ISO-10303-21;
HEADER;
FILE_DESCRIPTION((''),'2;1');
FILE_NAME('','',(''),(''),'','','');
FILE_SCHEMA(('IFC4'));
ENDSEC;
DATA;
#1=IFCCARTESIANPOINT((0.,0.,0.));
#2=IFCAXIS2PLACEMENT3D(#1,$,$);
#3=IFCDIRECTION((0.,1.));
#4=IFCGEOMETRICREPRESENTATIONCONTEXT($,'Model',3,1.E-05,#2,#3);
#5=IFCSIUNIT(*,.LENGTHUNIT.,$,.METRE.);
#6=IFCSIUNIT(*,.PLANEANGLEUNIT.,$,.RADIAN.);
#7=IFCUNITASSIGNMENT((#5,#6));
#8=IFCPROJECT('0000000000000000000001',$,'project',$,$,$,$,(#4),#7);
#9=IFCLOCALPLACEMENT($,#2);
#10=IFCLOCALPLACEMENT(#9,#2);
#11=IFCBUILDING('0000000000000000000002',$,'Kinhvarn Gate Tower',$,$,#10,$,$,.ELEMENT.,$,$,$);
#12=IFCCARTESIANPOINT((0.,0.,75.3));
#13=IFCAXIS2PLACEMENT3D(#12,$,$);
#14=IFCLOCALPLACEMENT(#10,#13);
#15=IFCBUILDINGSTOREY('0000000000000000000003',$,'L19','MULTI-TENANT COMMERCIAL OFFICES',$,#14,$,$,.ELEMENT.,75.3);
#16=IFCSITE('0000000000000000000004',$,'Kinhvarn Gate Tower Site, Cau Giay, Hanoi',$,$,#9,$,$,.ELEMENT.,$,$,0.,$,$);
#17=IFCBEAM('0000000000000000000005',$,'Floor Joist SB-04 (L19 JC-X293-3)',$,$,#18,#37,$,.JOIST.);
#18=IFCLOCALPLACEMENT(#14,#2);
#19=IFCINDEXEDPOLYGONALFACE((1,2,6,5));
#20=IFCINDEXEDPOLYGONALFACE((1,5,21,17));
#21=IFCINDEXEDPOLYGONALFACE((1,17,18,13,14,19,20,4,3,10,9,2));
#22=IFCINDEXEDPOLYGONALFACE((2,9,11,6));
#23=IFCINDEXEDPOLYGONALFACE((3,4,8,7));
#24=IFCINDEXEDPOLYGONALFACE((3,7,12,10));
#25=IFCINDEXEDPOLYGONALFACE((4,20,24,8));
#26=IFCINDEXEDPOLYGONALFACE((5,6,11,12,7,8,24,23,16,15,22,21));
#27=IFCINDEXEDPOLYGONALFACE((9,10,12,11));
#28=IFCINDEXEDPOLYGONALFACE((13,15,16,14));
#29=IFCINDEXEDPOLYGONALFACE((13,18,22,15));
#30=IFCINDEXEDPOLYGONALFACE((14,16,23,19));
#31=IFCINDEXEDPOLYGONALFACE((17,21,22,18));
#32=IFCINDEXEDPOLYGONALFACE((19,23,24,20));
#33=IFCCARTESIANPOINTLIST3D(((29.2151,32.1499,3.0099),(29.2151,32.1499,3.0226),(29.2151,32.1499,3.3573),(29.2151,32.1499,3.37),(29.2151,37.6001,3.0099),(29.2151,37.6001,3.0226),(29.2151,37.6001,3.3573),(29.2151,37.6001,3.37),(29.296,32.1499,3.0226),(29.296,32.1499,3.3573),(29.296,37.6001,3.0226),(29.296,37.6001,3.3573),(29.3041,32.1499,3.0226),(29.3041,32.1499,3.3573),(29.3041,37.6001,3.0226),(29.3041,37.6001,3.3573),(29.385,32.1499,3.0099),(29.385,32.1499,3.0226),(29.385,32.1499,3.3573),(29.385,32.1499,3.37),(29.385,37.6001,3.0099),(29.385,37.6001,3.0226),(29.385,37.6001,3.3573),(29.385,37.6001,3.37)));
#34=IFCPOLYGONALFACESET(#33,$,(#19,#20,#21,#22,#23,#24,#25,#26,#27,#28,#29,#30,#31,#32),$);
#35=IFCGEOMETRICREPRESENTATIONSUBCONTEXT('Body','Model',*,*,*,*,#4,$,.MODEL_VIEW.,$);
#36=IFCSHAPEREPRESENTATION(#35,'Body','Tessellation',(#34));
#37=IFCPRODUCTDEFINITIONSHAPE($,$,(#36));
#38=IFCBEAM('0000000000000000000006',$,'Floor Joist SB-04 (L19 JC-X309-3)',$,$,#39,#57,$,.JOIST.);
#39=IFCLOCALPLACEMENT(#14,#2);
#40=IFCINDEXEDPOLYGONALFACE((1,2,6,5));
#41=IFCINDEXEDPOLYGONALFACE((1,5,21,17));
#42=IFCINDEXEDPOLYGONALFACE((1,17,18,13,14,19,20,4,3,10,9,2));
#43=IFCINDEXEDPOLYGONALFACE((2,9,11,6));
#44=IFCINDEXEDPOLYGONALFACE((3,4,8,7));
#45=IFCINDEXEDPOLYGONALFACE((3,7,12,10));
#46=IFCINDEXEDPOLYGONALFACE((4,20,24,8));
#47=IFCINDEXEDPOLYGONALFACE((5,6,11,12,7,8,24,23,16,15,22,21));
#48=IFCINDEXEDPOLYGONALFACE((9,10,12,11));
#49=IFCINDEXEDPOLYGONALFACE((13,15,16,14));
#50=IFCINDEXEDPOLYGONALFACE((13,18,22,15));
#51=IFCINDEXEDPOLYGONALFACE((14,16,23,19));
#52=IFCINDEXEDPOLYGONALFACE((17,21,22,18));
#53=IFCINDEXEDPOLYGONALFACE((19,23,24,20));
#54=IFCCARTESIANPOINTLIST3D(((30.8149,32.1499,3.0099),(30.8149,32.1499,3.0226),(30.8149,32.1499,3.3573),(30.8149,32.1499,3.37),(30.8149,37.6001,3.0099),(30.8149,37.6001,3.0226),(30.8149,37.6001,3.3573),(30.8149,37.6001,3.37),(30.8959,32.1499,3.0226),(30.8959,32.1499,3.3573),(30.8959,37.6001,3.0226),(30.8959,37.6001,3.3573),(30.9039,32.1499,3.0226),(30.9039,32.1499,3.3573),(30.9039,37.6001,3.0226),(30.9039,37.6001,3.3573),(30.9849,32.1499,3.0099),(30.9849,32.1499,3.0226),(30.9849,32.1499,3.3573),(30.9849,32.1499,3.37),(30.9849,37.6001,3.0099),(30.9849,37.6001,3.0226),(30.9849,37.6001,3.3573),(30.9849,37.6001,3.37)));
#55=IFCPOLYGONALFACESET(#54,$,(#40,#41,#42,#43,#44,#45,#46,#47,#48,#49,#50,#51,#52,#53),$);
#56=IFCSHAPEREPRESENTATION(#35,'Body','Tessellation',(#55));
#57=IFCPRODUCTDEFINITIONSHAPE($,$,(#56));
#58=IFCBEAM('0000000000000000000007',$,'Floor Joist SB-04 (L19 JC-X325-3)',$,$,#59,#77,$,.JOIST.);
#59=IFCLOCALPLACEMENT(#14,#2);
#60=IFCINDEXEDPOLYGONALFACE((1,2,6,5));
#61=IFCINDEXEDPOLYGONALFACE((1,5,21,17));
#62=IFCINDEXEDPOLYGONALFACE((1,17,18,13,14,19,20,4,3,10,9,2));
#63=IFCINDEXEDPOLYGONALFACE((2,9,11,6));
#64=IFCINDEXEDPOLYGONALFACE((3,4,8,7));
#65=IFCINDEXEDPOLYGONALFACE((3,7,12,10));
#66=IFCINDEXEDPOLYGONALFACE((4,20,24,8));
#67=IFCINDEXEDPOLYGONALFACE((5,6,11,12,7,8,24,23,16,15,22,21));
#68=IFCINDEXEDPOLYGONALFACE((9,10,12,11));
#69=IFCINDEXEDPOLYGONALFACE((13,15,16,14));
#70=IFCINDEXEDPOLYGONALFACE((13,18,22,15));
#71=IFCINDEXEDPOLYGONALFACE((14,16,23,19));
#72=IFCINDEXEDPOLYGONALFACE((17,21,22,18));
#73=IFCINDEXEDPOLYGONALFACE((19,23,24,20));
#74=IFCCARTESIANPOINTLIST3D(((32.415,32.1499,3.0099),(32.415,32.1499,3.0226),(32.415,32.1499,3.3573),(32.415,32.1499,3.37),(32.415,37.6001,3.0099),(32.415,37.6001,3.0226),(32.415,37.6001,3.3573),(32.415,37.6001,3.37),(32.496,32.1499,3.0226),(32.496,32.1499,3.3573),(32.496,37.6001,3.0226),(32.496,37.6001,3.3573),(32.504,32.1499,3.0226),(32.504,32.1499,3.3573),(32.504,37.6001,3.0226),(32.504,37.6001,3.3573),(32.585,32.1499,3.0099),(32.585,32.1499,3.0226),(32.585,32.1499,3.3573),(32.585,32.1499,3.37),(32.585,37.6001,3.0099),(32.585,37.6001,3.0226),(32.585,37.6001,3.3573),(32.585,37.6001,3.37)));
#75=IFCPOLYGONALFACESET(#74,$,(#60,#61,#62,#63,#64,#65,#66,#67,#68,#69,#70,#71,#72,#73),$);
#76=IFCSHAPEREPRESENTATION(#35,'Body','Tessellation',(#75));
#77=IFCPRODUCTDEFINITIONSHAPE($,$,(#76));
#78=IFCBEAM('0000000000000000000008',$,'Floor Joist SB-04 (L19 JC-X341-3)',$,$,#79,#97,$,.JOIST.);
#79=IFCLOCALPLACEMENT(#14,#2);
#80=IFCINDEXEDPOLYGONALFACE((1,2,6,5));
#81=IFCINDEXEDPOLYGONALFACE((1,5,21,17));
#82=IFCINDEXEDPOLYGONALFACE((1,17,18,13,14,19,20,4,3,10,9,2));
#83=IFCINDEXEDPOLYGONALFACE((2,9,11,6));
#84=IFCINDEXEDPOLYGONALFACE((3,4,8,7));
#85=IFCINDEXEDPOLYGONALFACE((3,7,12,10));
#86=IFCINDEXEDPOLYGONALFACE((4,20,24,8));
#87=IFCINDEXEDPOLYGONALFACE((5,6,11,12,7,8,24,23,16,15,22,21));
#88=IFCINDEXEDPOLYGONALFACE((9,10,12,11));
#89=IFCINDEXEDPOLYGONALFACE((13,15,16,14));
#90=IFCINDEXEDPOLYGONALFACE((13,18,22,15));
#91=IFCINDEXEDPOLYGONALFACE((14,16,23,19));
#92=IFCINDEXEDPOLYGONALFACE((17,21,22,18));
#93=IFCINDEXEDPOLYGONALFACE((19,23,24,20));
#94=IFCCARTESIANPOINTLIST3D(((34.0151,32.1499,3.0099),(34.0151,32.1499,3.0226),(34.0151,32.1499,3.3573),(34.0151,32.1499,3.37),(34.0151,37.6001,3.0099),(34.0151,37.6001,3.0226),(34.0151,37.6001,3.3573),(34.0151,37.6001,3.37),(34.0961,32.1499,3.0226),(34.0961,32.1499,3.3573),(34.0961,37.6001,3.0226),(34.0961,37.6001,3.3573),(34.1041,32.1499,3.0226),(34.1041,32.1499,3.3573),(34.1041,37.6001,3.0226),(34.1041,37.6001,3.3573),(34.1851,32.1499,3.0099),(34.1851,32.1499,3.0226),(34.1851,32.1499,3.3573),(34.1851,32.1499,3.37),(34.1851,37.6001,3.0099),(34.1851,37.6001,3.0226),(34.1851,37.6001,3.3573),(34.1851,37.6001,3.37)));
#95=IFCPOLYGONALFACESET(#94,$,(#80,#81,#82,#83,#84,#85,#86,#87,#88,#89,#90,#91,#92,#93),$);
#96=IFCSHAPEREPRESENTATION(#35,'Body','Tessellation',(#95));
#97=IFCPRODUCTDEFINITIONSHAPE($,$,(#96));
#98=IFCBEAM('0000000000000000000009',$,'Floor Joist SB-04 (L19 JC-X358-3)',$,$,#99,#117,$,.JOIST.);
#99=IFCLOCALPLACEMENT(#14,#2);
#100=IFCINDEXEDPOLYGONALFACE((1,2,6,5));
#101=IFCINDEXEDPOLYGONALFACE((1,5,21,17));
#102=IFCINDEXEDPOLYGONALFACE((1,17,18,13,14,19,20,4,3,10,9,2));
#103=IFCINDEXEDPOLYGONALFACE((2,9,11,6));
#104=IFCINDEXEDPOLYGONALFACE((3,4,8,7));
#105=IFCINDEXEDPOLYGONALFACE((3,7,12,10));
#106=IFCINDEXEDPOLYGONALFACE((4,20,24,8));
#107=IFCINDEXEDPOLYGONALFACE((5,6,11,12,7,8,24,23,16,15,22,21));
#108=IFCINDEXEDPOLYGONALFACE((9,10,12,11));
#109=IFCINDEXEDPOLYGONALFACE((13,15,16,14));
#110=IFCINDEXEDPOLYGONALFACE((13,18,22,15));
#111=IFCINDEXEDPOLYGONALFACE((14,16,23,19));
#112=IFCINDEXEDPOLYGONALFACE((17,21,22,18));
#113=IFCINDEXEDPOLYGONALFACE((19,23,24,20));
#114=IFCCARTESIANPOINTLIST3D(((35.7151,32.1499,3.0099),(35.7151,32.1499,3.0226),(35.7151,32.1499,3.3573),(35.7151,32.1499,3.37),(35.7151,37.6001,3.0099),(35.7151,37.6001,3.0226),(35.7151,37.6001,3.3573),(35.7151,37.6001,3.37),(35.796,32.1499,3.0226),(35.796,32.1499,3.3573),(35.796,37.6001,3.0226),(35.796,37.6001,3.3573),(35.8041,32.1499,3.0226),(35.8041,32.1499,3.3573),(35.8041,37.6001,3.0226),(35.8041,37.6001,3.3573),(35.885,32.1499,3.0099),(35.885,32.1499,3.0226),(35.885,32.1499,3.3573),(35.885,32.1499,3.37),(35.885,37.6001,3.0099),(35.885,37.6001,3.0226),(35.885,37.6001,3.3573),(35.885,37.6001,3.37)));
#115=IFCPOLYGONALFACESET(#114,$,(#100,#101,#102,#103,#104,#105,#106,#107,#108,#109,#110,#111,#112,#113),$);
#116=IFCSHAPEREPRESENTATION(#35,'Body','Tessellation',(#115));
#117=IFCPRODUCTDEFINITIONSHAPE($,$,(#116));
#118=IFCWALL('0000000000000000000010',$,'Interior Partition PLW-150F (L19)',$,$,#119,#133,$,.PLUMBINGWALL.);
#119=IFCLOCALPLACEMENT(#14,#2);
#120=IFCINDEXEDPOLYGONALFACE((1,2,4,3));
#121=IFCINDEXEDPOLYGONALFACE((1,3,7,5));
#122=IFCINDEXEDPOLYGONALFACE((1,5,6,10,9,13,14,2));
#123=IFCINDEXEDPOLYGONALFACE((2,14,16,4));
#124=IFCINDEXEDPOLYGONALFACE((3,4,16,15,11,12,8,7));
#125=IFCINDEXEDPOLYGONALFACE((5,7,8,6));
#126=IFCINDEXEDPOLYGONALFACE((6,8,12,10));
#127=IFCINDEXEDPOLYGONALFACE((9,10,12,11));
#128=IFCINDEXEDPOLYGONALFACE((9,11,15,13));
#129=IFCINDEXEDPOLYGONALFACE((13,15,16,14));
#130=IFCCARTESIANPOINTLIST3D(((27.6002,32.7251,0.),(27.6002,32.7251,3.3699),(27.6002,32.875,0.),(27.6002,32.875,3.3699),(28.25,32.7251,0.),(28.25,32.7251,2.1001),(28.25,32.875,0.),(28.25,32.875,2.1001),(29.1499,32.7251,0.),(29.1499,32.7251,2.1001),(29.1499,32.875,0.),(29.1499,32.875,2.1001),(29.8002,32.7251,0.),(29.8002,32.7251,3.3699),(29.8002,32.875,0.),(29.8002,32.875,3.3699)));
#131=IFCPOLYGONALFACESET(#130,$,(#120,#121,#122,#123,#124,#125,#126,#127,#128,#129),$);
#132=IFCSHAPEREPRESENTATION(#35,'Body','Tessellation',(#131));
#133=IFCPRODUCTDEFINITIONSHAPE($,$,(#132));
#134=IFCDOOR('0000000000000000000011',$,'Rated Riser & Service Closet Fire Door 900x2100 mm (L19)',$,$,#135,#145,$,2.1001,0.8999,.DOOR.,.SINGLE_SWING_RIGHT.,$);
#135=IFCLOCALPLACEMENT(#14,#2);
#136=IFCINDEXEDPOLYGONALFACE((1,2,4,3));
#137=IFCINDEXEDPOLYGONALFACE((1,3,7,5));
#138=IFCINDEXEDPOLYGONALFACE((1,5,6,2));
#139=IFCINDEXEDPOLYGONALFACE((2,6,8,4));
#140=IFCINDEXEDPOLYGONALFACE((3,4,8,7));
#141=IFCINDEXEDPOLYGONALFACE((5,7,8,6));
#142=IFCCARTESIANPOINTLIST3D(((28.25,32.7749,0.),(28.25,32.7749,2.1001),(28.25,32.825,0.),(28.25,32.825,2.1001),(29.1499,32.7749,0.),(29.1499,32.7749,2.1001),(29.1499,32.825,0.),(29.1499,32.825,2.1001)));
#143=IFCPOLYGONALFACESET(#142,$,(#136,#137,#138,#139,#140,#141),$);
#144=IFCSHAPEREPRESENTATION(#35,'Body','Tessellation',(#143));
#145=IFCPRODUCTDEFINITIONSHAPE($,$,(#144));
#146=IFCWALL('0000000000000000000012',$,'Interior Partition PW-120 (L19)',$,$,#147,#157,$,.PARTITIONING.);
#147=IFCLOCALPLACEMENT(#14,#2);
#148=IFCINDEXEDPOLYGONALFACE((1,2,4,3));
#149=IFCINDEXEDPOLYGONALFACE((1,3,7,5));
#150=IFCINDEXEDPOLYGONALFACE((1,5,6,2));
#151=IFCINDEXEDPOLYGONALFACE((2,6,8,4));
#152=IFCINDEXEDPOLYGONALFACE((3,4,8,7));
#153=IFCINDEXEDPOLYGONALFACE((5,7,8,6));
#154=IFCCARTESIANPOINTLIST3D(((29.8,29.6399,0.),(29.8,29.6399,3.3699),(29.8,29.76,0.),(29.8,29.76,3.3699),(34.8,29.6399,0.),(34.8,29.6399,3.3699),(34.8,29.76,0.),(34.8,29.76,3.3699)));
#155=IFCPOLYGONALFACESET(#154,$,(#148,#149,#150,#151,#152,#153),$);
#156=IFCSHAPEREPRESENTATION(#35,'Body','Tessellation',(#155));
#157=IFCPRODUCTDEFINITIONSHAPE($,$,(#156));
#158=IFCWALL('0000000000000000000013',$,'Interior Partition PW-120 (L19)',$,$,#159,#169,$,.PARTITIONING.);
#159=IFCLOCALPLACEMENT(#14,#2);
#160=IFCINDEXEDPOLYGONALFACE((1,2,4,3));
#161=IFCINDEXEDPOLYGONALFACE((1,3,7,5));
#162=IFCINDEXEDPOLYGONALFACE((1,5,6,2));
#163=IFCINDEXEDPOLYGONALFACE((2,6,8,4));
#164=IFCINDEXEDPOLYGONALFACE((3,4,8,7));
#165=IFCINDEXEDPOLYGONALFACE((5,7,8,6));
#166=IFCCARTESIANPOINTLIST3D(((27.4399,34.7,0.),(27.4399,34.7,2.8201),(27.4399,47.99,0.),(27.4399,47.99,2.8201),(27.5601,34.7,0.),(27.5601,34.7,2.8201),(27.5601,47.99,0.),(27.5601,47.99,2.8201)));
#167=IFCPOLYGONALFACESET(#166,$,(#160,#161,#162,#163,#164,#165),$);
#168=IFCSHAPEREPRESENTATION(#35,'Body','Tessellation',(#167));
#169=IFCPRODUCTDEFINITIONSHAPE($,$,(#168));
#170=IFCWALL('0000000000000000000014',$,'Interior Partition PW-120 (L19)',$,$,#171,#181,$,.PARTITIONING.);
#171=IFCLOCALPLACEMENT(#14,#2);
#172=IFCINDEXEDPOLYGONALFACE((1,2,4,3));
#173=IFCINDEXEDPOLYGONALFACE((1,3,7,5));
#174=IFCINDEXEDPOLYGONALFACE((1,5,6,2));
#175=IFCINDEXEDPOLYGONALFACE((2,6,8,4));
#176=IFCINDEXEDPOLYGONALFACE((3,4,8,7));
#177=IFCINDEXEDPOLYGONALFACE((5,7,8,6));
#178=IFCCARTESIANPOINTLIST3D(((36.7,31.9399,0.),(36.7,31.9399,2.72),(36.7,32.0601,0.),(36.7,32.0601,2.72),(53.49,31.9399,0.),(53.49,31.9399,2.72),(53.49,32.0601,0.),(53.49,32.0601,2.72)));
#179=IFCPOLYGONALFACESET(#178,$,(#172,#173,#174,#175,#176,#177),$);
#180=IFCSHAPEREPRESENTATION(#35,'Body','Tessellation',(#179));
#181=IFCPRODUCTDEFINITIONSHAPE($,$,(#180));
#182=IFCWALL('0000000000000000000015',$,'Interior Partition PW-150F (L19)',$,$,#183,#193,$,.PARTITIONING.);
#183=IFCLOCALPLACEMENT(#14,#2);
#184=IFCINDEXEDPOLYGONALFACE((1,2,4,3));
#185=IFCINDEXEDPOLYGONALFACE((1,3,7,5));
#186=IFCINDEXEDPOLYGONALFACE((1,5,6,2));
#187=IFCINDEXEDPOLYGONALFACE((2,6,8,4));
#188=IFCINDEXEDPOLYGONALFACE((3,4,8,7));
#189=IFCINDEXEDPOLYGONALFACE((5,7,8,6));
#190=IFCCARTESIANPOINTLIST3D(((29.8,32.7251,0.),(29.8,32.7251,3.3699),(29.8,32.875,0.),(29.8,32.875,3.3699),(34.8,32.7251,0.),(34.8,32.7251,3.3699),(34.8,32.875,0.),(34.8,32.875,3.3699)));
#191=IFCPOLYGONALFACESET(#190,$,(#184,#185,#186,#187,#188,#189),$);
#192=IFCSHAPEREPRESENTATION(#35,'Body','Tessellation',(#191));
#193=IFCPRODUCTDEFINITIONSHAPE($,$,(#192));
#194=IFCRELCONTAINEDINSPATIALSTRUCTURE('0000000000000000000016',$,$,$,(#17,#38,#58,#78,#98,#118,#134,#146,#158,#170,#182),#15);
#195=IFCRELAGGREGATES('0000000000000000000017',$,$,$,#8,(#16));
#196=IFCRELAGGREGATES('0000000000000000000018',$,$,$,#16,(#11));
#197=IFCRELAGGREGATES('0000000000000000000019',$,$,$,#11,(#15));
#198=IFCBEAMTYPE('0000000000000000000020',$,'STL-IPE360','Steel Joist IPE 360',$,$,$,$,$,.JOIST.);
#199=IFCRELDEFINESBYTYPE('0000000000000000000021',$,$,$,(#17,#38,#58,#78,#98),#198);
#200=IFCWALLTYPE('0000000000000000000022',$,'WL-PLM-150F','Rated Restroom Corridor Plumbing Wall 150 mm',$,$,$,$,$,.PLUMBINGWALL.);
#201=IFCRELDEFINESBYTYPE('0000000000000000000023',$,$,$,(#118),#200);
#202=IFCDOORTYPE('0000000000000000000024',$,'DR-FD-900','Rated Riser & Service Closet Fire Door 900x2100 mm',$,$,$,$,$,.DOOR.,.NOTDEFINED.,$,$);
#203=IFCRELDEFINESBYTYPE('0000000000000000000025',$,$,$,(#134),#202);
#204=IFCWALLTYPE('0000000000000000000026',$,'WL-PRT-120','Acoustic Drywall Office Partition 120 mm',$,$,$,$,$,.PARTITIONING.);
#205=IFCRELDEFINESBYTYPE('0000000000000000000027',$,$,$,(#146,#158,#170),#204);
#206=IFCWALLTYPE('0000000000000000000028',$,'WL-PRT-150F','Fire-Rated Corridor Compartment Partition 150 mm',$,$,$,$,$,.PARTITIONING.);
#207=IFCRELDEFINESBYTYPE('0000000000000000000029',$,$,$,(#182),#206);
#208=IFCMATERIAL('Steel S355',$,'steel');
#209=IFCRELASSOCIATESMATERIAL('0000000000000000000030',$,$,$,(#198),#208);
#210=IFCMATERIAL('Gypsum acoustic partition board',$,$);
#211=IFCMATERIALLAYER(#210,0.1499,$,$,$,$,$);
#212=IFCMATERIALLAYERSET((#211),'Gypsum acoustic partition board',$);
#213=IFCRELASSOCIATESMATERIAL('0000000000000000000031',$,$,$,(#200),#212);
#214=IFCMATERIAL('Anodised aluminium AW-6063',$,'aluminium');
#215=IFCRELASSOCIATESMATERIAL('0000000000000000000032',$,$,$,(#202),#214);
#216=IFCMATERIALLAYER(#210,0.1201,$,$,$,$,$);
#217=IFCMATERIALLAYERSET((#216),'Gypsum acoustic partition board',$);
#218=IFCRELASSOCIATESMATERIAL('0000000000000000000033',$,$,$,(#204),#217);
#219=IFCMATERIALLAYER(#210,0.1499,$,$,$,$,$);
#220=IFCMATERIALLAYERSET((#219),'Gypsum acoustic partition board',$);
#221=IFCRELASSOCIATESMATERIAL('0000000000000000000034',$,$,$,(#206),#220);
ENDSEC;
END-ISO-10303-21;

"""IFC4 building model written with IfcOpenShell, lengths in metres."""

from ifc_helpers import new_model, si_unit, direction, frame, frame_2d, origin, origin_2d, place, context, subcontext, project, spatial, rectangle, i_section, extrude, material, layer, layer_set, material_profile, profile_set, type_object, element, fill, save


model = new_model("IFC4")

# Units and contexts
model_context = context("Model", 3, precision=1e-05, world=origin(), true_north=direction((0.0, 1.0)))
body_context = subcontext(model_context, "Body", "Model", "MODEL_VIEW")
ifc_project = project(units=[si_unit("LENGTHUNIT", "METRE"), si_unit("PLANEANGLEUNIT", "RADIAN")], contexts=[model_context])

# Site, building, storey
site_placement = place(None, origin())
site = spatial("IfcSite", under=ifc_project, at=site_placement, Name="Kinhvarn Gate Tower Site, Cau Giay, Hanoi", CompositionType="ELEMENT", RefElevation=0.0)
building_placement = place(site_placement, origin())
building = spatial("IfcBuilding", under=site, at=building_placement, Name="Kinhvarn Gate Tower", CompositionType="ELEMENT")
storey_placement = place(building_placement, frame((0.0, 0.0, 75.3)))
storey = spatial("IfcBuildingStorey", under=building, at=storey_placement, Name="L19", Description="MULTI-TENANT COMMERCIAL OFFICES", CompositionType="ELEMENT", Elevation=75.3)

# Beams
ifc_material_1 = material(Name="Steel S355", Category="steel")
ifc_material_profile = material_profile(ifc_material_1, i_section(OverallWidth=0.1699, OverallDepth=0.3601, WebThickness=0.0081, FlangeThickness=0.0127, at=origin_2d()), Name="IPE 360")
ifc_profile_set = profile_set([ifc_material_profile], Name="Steel S355")
beam_type = type_object("IfcBeamType", Name="STL-IPE360", Description="Steel Joist IPE 360", PredefinedType="JOIST", material=ifc_profile_set)
for number, where, z_axis, x_axis, name in (
    (1, (29.3, 32.1499, 3.1899), (0.0, 1.0, 0.0), (-1.0, 0.0, 0.0), "Floor Joist SB-04 (L19 JC-X293-3)"),
    (2, (30.8999, 32.1499, 3.1899), (0.0, 1.0, 0.0), (-1.0, 0.0, 0.0), "Floor Joist SB-04 (L19 JC-X309-3)"),
    (3, (32.5, 32.1499, 3.1899), (0.0, 1.0, 0.0), (-1.0, 0.0, 0.0), "Floor Joist SB-04 (L19 JC-X325-3)"),
    (4, (34.1001, 32.1499, 3.1899), (0.0, 1.0, 0.0), (-1.0, 0.0, 0.0), "Floor Joist SB-04 (L19 JC-X341-3)"),
    (5, (35.8, 32.1499, 3.1899), (0.0, 1.0, 0.0), (-1.0, 0.0, 0.0), "Floor Joist SB-04 (L19 JC-X358-3)"),
):
    element("IfcBeam", number, at=place(storey_placement, frame(where, z_axis=z_axis, x_axis=x_axis)), inside=storey, type_object=beam_type, Name=name, PredefinedType="JOIST", context=body_context, shape_type="SweptSolid", body=[
        extrude(i_section(OverallWidth=0.1699, OverallDepth=0.3601, WebThickness=0.0081, FlangeThickness=0.0127, at=origin_2d()), origin(), (0.0, 0.0, 1.0), 5.4502),
    ])

# Wall, opening, door
ifc_material_2 = material(Name="Gypsum acoustic partition board")
ifc_layer_1 = layer(ifc_material_2, 0.1499)
ifc_layer_set_1 = layer_set([ifc_layer_1], Name="Gypsum acoustic partition board")
wall_type_1 = type_object("IfcWallType", Name="WL-PLM-150F", Description="Rated Restroom Corridor Plumbing Wall 150 mm", PredefinedType="PLUMBINGWALL", material=ifc_layer_set_1)
wall_1_placement = place(storey_placement, frame((27.6001, 32.8, 0.0), z_axis=(0.0, 0.0, 1.0), x_axis=(1.0, 0.0, 0.0)))
wall_1 = element("IfcWall", 6, at=wall_1_placement, inside=storey, type_object=wall_type_1, Name="Interior Partition PLW-150F (L19)", PredefinedType="PLUMBINGWALL", context=body_context, shape_type="SweptSolid", body=[
    extrude(rectangle(XDim=2.2, YDim=0.1499, at=frame_2d((1.1001, 0.0))), origin(), (0.0, 0.0, 1.0), 3.3699),
])
opening_1_placement = place(wall_1_placement, frame((0.6499, 0.0, 0.0)))
opening_1 = element("IfcOpeningElement", 7, at=opening_1_placement, cuts=wall_1, PredefinedType="OPENING", context=body_context, shape_type="SweptSolid", body=[
    extrude(rectangle(XDim=0.8999, YDim=2.1001, at=frame_2d((0.45, 1.05))), frame((0.0, 0.085, 0.0), z_axis=(0.0, -1.0, 0.0), x_axis=(1.0, 0.0, 0.0)), (0.0, 0.0, 1.0), 0.1699),
])
ifc_material_3 = material(Name="Anodised aluminium AW-6063", Category="aluminium")
door_type_1 = type_object("IfcDoorType", Name="DR-FD-900", Description="Rated Riser & Service Closet Fire Door 900x2100 mm", OperationType="NOTDEFINED", PredefinedType="DOOR", material=ifc_material_3)
door_1_placement = place(opening_1_placement, origin())
door_1 = element("IfcDoor", 8, at=door_1_placement, inside=storey, type_object=door_type_1, Name="Rated Riser & Service Closet Fire Door 900x2100 mm (L19)", OperationType="SINGLE_SWING_RIGHT", OverallHeight=2.1001, OverallWidth=0.8999, PredefinedType="DOOR", context=body_context, shape_type="SweptSolid", body=[
    extrude(rectangle(XDim=0.8999, YDim=2.1001, at=frame_2d((0.45, 1.05))), frame((0.0, 0.0249, 0.0), z_axis=(0.0, -1.0, 0.0), x_axis=(1.0, 0.0, 0.0)), (0.0, 0.0, 1.0), 0.05),
])
fill(opening_1, door_1)

# Walls
ifc_layer_2 = layer(ifc_material_2, 0.1201)
ifc_layer_set_2 = layer_set([ifc_layer_2], Name="Gypsum acoustic partition board")
wall_type_2 = type_object("IfcWallType", Name="WL-PRT-120", Description="Acoustic Drywall Office Partition 120 mm", PredefinedType="PARTITIONING", material=ifc_layer_set_2)
wall_2_placement = place(storey_placement, frame((29.8, 29.7, 0.0), z_axis=(0.0, 0.0, 1.0), x_axis=(1.0, 0.0, 0.0)))
element("IfcWall", 9, at=wall_2_placement, inside=storey, type_object=wall_type_2, Name="Interior Partition PW-120 (L19)", PredefinedType="PARTITIONING", context=body_context, shape_type="SweptSolid", body=[
    extrude(rectangle(XDim=5.0, YDim=0.1201, at=frame_2d((2.5, 0.0))), origin(), (0.0, 0.0, 1.0), 3.3699),
])
wall_3_placement = place(storey_placement, frame((27.5, 34.7, 0.0), z_axis=(0.0, 0.0, 1.0), x_axis=(0.0, 1.0, 0.0)))
element("IfcWall", 10, at=wall_3_placement, inside=storey, type_object=wall_type_2, Name="Interior Partition PW-120 (L19)", PredefinedType="PARTITIONING", context=body_context, shape_type="SweptSolid", body=[
    extrude(rectangle(XDim=13.29, YDim=0.1201, at=frame_2d((6.645, 0.0))), origin(), (0.0, 0.0, 1.0), 2.8201),
])
wall_4_placement = place(storey_placement, frame((36.7, 32.0, 0.0), z_axis=(0.0, 0.0, 1.0), x_axis=(1.0, 0.0, 0.0)))
element("IfcWall", 11, at=wall_4_placement, inside=storey, type_object=wall_type_2, Name="Interior Partition PW-120 (L19)", PredefinedType="PARTITIONING", context=body_context, shape_type="SweptSolid", body=[
    extrude(rectangle(XDim=16.79, YDim=0.1201, at=frame_2d((8.395, 0.0))), origin(), (0.0, 0.0, 1.0), 2.72),
])
ifc_layer_3 = layer(ifc_material_2, 0.1499)
ifc_layer_set_3 = layer_set([ifc_layer_3], Name="Gypsum acoustic partition board")
wall_type_3 = type_object("IfcWallType", Name="WL-PRT-150F", Description="Fire-Rated Corridor Compartment Partition 150 mm", PredefinedType="PARTITIONING", material=ifc_layer_set_3)
wall_5_placement = place(storey_placement, frame((29.8, 32.8, 0.0), z_axis=(0.0, 0.0, 1.0), x_axis=(1.0, 0.0, 0.0)))
element("IfcWall", 12, at=wall_5_placement, inside=storey, type_object=wall_type_3, Name="Interior Partition PW-150F (L19)", PredefinedType="PARTITIONING", context=body_context, shape_type="SweptSolid", body=[
    extrude(rectangle(XDim=5.0, YDim=0.1499, at=frame_2d((2.5, 0.0))), origin(), (0.0, 0.0, 1.0), 3.3699),
])

save(model, "model.ifc")
